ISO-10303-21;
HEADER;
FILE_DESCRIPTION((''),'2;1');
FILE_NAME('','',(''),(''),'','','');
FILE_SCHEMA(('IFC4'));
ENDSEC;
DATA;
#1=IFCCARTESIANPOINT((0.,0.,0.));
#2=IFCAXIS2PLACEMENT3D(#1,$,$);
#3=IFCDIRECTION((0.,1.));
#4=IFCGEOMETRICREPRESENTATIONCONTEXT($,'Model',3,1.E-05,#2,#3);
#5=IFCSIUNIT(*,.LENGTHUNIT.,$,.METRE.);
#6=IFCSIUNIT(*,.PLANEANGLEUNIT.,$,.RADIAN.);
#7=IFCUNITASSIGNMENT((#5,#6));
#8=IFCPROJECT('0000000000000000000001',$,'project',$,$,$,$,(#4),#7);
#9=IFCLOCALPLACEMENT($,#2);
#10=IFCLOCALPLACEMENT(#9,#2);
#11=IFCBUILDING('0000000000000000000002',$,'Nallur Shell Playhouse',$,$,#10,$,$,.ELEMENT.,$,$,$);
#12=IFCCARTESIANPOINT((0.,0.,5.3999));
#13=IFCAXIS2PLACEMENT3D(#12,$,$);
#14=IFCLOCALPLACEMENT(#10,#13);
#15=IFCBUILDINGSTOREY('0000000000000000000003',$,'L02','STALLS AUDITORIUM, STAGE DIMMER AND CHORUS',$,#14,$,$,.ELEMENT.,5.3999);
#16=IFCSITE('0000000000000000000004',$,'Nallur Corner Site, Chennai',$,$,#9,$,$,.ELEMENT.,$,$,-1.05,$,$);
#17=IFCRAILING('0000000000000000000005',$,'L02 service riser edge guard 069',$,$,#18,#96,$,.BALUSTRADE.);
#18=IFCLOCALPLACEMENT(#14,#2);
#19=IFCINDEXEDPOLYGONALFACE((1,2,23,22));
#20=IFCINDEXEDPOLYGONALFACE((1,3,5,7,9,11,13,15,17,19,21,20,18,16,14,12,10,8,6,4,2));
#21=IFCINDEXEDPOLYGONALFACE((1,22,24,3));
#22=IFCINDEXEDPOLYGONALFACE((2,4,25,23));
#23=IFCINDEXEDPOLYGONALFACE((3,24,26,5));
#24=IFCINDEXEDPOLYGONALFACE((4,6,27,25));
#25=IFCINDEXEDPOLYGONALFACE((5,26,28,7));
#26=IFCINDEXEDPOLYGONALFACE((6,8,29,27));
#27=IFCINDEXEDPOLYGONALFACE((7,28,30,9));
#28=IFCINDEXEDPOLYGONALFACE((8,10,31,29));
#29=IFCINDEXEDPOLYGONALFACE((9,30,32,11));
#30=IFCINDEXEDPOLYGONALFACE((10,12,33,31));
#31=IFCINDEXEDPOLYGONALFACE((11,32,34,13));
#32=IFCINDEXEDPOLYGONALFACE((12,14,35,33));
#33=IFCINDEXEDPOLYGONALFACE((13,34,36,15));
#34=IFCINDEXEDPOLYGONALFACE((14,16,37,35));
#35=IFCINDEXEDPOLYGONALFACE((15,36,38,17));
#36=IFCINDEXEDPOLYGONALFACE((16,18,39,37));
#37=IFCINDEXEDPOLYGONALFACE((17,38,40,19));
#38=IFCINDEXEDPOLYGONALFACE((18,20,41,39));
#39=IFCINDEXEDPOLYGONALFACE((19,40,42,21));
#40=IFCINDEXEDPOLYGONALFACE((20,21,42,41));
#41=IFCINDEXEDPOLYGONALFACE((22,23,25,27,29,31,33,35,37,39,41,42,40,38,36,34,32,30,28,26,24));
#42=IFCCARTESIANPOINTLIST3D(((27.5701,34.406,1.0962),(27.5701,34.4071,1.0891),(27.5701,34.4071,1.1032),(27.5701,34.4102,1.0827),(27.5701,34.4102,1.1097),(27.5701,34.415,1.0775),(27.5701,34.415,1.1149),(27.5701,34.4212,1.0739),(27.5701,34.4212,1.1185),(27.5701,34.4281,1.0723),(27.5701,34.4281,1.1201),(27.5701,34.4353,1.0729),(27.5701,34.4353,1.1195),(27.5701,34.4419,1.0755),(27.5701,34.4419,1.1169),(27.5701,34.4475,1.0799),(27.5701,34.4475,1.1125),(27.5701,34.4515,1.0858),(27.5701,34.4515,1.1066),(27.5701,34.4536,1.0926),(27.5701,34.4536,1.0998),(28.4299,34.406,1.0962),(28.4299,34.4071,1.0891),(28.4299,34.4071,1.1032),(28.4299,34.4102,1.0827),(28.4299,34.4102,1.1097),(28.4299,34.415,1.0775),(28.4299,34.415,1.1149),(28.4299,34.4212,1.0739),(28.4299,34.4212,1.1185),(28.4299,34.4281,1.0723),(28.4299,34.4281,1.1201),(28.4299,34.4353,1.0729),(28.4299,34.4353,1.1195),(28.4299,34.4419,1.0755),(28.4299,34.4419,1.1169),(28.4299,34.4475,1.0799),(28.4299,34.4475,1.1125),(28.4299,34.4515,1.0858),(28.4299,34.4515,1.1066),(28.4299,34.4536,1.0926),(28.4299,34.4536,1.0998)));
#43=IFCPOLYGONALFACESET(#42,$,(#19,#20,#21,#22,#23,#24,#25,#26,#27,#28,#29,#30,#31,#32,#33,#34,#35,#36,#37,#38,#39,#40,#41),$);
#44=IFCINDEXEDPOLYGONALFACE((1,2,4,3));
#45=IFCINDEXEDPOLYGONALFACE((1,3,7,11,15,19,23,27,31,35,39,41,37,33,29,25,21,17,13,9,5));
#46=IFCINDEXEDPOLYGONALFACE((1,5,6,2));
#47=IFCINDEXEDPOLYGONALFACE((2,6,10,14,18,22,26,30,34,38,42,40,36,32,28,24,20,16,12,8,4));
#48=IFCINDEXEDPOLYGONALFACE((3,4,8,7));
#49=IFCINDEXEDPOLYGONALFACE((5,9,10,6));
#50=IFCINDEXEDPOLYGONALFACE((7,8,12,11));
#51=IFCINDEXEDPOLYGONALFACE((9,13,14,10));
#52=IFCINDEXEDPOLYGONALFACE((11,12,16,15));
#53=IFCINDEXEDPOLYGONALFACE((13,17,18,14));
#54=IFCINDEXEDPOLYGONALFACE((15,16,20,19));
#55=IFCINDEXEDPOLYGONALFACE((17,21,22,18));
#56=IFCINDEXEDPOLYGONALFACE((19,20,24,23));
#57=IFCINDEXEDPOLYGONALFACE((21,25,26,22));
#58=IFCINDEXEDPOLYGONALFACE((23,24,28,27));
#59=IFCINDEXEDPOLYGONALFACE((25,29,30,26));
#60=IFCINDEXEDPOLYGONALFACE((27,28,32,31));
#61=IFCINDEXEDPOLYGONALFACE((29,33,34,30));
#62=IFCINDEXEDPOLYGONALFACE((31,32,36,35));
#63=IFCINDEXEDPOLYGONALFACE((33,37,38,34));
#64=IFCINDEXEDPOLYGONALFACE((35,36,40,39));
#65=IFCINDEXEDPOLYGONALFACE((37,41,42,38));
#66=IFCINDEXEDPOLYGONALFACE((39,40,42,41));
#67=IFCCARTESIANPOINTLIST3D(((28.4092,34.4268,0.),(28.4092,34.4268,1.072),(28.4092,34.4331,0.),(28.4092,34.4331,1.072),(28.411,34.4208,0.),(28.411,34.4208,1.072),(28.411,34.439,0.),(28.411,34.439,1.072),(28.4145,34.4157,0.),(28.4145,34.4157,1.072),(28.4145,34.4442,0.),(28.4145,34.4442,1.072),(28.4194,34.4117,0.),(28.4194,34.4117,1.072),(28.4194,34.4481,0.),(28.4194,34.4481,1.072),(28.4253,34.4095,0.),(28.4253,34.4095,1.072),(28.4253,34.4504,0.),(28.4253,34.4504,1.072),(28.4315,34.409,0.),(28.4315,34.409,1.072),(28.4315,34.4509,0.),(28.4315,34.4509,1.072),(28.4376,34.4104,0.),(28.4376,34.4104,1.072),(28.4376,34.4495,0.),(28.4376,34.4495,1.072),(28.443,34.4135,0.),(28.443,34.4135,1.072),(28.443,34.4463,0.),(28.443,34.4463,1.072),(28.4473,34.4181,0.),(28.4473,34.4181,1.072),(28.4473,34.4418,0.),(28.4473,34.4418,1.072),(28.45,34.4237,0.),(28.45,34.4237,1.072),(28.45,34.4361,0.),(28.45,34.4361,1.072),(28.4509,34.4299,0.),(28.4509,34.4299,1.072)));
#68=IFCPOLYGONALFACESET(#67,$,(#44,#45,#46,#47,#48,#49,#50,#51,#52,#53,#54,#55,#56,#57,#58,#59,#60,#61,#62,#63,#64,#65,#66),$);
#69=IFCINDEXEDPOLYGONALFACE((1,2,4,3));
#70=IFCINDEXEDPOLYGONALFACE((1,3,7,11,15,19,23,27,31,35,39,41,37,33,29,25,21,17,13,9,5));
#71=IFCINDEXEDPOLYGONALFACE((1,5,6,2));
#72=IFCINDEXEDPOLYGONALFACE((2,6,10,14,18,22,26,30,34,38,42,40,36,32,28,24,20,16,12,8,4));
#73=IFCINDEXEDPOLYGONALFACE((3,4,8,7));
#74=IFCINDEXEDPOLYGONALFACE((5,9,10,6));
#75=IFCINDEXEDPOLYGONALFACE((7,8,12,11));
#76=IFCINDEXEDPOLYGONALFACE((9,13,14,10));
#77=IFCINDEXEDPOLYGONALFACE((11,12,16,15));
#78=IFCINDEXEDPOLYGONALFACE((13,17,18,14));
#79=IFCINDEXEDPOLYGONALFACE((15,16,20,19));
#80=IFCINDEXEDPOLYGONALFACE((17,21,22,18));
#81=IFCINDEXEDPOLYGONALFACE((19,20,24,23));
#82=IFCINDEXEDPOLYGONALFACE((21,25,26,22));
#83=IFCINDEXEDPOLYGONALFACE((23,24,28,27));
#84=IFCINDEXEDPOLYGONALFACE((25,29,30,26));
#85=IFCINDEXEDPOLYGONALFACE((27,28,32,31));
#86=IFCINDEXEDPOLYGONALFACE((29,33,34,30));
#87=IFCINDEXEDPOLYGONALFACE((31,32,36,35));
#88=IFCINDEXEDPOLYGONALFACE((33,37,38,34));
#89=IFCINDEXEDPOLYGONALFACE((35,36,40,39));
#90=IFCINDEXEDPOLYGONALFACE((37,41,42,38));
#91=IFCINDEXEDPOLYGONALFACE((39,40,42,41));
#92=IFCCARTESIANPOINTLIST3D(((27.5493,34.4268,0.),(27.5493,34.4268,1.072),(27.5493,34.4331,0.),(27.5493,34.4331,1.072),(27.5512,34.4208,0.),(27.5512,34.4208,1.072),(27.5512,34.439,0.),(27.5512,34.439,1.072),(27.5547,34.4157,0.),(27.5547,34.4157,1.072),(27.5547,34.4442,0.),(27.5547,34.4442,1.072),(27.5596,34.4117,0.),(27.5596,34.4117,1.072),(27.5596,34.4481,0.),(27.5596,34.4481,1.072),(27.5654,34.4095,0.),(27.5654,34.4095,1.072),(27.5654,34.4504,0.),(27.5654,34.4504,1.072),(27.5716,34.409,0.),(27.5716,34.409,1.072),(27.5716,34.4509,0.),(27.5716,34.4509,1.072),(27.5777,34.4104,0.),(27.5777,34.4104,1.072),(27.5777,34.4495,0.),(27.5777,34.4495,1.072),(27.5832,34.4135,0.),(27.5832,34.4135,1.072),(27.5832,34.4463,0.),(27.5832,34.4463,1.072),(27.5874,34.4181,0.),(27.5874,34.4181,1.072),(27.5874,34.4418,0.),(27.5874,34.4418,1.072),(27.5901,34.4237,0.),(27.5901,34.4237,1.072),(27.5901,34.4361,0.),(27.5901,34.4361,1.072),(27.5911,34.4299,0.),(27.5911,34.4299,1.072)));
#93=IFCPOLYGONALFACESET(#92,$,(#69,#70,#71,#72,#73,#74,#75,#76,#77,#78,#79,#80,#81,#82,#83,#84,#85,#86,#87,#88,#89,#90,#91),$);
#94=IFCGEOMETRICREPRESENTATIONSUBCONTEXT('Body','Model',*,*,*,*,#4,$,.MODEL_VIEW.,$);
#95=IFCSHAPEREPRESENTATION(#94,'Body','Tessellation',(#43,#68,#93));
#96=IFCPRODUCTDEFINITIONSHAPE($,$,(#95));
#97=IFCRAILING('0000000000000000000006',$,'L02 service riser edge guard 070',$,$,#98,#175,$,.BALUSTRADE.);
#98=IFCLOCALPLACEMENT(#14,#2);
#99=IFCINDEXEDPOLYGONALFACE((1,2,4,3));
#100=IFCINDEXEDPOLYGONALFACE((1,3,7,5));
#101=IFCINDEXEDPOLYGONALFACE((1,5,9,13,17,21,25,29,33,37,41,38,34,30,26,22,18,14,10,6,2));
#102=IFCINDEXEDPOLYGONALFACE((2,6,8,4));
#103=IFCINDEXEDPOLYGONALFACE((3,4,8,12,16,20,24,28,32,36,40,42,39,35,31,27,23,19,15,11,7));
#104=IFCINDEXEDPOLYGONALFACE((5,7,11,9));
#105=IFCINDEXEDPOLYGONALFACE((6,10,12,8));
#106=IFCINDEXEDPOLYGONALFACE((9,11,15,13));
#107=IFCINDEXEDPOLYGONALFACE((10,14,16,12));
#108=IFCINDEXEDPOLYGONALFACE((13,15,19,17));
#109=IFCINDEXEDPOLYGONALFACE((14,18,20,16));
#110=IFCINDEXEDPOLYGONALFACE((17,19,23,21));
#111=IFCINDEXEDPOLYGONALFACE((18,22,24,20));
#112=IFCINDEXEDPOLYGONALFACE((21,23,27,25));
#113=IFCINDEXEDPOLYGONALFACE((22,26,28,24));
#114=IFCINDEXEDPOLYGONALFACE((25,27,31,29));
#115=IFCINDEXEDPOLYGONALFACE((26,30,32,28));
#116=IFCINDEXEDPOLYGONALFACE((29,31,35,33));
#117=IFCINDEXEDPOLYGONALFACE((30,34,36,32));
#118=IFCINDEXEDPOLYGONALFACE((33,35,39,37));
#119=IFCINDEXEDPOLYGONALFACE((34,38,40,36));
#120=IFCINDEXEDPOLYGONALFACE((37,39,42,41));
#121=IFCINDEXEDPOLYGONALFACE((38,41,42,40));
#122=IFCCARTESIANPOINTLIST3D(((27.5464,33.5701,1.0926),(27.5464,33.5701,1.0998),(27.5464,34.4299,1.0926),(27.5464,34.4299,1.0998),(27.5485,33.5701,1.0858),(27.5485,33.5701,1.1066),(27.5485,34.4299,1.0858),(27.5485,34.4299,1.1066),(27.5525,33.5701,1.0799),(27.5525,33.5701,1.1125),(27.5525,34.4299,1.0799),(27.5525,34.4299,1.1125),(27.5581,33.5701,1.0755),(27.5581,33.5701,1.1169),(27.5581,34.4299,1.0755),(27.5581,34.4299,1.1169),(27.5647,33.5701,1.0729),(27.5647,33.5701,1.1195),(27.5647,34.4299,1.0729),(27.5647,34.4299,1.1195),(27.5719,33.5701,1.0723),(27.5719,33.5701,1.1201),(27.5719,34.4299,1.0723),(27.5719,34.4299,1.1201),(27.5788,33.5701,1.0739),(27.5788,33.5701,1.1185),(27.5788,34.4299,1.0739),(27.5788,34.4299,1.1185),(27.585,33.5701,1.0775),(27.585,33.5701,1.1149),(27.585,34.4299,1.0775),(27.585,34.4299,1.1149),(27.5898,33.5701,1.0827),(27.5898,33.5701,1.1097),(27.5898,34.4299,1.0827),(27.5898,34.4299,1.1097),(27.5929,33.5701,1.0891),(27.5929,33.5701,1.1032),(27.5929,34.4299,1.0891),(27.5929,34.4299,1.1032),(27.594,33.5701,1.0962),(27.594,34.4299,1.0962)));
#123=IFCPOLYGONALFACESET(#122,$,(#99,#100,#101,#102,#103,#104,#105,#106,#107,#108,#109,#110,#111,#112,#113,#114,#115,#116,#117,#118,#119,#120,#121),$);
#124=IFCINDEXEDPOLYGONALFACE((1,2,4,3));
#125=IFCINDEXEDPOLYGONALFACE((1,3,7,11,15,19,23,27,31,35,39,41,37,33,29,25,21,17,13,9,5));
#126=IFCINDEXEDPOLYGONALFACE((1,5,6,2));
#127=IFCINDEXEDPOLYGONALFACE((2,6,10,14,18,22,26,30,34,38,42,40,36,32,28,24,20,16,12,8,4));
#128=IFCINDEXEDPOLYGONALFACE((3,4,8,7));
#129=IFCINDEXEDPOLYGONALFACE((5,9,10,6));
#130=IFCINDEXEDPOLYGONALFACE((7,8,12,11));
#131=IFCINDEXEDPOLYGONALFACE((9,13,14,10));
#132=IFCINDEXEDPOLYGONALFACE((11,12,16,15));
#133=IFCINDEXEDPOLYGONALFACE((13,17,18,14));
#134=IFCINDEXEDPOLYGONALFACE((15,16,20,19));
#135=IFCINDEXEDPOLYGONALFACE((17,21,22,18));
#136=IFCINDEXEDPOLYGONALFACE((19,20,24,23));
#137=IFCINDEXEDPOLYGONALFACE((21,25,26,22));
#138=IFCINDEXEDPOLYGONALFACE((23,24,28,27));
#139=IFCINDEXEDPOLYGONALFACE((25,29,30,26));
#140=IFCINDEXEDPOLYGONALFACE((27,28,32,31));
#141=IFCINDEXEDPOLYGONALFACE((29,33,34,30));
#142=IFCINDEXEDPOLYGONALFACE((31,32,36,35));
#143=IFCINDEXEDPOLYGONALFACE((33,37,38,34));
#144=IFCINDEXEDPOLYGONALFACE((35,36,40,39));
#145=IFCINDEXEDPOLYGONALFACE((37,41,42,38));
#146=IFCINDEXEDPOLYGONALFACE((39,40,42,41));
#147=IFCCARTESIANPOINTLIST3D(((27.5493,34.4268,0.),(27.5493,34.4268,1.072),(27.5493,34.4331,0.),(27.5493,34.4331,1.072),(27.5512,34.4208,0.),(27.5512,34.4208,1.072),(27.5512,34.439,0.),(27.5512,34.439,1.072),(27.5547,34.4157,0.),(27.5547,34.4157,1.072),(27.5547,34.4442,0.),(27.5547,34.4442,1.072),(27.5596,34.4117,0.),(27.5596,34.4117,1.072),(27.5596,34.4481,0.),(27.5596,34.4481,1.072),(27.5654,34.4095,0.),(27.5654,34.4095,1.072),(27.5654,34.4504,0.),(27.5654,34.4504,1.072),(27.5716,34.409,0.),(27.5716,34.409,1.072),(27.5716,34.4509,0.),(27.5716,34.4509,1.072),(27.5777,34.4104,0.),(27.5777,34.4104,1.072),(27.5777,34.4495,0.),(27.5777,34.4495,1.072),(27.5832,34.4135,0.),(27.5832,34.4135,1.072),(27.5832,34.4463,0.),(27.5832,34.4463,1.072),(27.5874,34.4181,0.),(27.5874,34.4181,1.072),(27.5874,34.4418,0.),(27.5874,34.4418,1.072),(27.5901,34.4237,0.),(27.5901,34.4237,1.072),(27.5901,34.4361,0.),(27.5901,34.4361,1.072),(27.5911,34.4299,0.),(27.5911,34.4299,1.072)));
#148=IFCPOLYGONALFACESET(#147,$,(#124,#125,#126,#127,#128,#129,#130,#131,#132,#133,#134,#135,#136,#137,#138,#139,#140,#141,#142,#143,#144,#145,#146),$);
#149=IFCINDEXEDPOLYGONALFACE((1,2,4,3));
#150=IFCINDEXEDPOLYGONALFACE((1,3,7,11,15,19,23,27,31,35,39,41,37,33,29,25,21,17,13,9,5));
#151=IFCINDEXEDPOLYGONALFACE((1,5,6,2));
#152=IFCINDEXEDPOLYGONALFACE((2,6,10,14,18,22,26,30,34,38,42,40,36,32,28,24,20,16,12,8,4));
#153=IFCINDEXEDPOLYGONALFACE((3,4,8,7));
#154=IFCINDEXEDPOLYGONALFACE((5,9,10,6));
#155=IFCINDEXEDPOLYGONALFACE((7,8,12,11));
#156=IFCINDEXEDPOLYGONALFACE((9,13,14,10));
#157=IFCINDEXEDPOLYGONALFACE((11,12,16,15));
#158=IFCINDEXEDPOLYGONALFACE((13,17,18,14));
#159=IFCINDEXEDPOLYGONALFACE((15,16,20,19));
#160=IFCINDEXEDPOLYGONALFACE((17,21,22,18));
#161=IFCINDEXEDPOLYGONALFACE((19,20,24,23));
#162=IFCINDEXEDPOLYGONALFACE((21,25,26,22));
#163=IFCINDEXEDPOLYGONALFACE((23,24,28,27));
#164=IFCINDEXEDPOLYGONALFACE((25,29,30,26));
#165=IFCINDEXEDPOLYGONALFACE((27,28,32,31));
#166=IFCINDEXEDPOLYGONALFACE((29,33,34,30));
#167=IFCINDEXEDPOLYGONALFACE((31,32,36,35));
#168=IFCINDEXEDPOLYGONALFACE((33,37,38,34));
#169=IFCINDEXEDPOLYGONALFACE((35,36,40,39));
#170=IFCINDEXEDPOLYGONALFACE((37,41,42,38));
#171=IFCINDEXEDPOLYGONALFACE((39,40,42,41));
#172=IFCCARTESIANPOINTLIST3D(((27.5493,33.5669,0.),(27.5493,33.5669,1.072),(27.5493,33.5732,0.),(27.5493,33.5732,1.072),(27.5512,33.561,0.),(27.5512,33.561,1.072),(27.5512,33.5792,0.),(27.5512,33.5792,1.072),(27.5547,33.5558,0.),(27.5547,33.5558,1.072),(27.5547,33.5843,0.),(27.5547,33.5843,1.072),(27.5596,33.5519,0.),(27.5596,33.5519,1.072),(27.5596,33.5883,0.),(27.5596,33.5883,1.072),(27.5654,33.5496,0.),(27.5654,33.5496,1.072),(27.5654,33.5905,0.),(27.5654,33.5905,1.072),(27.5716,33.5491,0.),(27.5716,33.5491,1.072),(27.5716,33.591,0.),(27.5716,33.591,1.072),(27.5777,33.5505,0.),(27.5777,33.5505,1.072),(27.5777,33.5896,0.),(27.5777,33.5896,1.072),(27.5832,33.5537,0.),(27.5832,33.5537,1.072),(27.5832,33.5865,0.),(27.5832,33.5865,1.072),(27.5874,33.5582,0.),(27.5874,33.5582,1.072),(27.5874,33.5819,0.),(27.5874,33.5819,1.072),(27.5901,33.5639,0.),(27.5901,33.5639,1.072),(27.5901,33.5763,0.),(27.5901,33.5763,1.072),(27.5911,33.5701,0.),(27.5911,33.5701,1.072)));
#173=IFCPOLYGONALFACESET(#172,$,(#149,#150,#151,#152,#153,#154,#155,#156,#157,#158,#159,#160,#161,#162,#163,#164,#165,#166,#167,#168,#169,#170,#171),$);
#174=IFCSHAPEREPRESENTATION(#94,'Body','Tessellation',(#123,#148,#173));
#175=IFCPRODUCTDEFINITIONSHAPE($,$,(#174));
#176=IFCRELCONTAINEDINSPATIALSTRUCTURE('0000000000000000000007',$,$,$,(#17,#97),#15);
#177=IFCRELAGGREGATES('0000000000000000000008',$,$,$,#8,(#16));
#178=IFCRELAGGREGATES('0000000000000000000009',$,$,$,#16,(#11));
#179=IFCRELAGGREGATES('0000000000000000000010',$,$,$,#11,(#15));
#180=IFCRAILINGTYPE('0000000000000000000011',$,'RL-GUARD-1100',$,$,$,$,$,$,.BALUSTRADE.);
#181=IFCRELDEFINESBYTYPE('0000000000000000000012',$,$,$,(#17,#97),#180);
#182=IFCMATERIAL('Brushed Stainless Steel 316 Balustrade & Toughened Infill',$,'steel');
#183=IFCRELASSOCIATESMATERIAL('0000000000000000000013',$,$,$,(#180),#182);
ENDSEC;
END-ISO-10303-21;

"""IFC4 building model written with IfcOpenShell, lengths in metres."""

from ifc_helpers import new_model, si_unit, direction, frame, origin, origin_2d, place, context, subcontext, project, spatial, circle, extrude, material, type_object, element, save


model = new_model("IFC4")

# Units and contexts
model_context = context("Model", 3, precision=1e-05, world=origin(), true_north=direction((0.0, 1.0)))
body_context = subcontext(model_context, "Body", "Model", "MODEL_VIEW")
ifc_project = project(units=[si_unit("LENGTHUNIT", "METRE"), si_unit("PLANEANGLEUNIT", "RADIAN")], contexts=[model_context])

# Site, building, storey
site_placement = place(None, origin())
site = spatial("IfcSite", under=ifc_project, at=site_placement, Name="Nallur Corner Site, Chennai", CompositionType="ELEMENT", RefElevation=-1.05)
building_placement = place(site_placement, origin())
building = spatial("IfcBuilding", under=site, at=building_placement, Name="Nallur Shell Playhouse", CompositionType="ELEMENT")
storey_placement = place(building_placement, frame((0.0, 0.0, 5.3999)))
storey = spatial("IfcBuildingStorey", under=building, at=storey_placement, Name="L02", Description="STALLS AUDITORIUM, STAGE DIMMER AND CHORUS", CompositionType="ELEMENT", Elevation=5.3999)

# Railings
ifc_material_1 = material(Name="Brushed Stainless Steel 316 Balustrade & Toughened Infill", Category="steel")
railing_type = type_object("IfcRailingType", Name="RL-GUARD-1100", PredefinedType="BALUSTRADE", material=ifc_material_1)
railing_1_placement = place(storey_placement, frame((28.4299, 34.4299, 0.0)))
element("IfcRailing", 1, at=railing_1_placement, inside=storey, type_object=railing_type, Name="L02 service riser edge guard 069", PredefinedType="BALUSTRADE", context=body_context, shape_type="SweptSolid", body=[
    extrude(circle(Radius=0.0239, at=origin_2d()), frame((0.0, 0.0, 1.0962), z_axis=(-1.0, 0.0, 0.0), x_axis=(0.0, -1.0, 0.0)), (0.0, 0.0, 1.0), 0.8599),
    extrude(circle(Radius=0.021, at=origin_2d()), origin(), (0.0, 0.0, 1.0), 1.072),
    extrude(circle(Radius=0.021, at=origin_2d()), frame((-0.8599, 0.0, 0.0)), (0.0, 0.0, 1.0), 1.072),
])
railing_2_placement = place(storey_placement, frame((27.5701, 34.4299, 0.0)))
element("IfcRailing", 2, at=railing_2_placement, inside=storey, type_object=railing_type, Name="L02 service riser edge guard 070", PredefinedType="BALUSTRADE", context=body_context, shape_type="SweptSolid", body=[
    extrude(circle(Radius=0.0239, at=origin_2d()), frame((0.0, 0.0, 1.0962), z_axis=(0.0, -1.0, 0.0), x_axis=(1.0, 0.0, 0.0)), (0.0, 0.0, 1.0), 0.8599),
    extrude(circle(Radius=0.021, at=origin_2d()), origin(), (0.0, 0.0, 1.0), 1.072),
    extrude(circle(Radius=0.021, at=origin_2d()), frame((0.0, -0.8599, 0.0)), (0.0, 0.0, 1.0), 1.072),
])

save(model, "model.ifc")
